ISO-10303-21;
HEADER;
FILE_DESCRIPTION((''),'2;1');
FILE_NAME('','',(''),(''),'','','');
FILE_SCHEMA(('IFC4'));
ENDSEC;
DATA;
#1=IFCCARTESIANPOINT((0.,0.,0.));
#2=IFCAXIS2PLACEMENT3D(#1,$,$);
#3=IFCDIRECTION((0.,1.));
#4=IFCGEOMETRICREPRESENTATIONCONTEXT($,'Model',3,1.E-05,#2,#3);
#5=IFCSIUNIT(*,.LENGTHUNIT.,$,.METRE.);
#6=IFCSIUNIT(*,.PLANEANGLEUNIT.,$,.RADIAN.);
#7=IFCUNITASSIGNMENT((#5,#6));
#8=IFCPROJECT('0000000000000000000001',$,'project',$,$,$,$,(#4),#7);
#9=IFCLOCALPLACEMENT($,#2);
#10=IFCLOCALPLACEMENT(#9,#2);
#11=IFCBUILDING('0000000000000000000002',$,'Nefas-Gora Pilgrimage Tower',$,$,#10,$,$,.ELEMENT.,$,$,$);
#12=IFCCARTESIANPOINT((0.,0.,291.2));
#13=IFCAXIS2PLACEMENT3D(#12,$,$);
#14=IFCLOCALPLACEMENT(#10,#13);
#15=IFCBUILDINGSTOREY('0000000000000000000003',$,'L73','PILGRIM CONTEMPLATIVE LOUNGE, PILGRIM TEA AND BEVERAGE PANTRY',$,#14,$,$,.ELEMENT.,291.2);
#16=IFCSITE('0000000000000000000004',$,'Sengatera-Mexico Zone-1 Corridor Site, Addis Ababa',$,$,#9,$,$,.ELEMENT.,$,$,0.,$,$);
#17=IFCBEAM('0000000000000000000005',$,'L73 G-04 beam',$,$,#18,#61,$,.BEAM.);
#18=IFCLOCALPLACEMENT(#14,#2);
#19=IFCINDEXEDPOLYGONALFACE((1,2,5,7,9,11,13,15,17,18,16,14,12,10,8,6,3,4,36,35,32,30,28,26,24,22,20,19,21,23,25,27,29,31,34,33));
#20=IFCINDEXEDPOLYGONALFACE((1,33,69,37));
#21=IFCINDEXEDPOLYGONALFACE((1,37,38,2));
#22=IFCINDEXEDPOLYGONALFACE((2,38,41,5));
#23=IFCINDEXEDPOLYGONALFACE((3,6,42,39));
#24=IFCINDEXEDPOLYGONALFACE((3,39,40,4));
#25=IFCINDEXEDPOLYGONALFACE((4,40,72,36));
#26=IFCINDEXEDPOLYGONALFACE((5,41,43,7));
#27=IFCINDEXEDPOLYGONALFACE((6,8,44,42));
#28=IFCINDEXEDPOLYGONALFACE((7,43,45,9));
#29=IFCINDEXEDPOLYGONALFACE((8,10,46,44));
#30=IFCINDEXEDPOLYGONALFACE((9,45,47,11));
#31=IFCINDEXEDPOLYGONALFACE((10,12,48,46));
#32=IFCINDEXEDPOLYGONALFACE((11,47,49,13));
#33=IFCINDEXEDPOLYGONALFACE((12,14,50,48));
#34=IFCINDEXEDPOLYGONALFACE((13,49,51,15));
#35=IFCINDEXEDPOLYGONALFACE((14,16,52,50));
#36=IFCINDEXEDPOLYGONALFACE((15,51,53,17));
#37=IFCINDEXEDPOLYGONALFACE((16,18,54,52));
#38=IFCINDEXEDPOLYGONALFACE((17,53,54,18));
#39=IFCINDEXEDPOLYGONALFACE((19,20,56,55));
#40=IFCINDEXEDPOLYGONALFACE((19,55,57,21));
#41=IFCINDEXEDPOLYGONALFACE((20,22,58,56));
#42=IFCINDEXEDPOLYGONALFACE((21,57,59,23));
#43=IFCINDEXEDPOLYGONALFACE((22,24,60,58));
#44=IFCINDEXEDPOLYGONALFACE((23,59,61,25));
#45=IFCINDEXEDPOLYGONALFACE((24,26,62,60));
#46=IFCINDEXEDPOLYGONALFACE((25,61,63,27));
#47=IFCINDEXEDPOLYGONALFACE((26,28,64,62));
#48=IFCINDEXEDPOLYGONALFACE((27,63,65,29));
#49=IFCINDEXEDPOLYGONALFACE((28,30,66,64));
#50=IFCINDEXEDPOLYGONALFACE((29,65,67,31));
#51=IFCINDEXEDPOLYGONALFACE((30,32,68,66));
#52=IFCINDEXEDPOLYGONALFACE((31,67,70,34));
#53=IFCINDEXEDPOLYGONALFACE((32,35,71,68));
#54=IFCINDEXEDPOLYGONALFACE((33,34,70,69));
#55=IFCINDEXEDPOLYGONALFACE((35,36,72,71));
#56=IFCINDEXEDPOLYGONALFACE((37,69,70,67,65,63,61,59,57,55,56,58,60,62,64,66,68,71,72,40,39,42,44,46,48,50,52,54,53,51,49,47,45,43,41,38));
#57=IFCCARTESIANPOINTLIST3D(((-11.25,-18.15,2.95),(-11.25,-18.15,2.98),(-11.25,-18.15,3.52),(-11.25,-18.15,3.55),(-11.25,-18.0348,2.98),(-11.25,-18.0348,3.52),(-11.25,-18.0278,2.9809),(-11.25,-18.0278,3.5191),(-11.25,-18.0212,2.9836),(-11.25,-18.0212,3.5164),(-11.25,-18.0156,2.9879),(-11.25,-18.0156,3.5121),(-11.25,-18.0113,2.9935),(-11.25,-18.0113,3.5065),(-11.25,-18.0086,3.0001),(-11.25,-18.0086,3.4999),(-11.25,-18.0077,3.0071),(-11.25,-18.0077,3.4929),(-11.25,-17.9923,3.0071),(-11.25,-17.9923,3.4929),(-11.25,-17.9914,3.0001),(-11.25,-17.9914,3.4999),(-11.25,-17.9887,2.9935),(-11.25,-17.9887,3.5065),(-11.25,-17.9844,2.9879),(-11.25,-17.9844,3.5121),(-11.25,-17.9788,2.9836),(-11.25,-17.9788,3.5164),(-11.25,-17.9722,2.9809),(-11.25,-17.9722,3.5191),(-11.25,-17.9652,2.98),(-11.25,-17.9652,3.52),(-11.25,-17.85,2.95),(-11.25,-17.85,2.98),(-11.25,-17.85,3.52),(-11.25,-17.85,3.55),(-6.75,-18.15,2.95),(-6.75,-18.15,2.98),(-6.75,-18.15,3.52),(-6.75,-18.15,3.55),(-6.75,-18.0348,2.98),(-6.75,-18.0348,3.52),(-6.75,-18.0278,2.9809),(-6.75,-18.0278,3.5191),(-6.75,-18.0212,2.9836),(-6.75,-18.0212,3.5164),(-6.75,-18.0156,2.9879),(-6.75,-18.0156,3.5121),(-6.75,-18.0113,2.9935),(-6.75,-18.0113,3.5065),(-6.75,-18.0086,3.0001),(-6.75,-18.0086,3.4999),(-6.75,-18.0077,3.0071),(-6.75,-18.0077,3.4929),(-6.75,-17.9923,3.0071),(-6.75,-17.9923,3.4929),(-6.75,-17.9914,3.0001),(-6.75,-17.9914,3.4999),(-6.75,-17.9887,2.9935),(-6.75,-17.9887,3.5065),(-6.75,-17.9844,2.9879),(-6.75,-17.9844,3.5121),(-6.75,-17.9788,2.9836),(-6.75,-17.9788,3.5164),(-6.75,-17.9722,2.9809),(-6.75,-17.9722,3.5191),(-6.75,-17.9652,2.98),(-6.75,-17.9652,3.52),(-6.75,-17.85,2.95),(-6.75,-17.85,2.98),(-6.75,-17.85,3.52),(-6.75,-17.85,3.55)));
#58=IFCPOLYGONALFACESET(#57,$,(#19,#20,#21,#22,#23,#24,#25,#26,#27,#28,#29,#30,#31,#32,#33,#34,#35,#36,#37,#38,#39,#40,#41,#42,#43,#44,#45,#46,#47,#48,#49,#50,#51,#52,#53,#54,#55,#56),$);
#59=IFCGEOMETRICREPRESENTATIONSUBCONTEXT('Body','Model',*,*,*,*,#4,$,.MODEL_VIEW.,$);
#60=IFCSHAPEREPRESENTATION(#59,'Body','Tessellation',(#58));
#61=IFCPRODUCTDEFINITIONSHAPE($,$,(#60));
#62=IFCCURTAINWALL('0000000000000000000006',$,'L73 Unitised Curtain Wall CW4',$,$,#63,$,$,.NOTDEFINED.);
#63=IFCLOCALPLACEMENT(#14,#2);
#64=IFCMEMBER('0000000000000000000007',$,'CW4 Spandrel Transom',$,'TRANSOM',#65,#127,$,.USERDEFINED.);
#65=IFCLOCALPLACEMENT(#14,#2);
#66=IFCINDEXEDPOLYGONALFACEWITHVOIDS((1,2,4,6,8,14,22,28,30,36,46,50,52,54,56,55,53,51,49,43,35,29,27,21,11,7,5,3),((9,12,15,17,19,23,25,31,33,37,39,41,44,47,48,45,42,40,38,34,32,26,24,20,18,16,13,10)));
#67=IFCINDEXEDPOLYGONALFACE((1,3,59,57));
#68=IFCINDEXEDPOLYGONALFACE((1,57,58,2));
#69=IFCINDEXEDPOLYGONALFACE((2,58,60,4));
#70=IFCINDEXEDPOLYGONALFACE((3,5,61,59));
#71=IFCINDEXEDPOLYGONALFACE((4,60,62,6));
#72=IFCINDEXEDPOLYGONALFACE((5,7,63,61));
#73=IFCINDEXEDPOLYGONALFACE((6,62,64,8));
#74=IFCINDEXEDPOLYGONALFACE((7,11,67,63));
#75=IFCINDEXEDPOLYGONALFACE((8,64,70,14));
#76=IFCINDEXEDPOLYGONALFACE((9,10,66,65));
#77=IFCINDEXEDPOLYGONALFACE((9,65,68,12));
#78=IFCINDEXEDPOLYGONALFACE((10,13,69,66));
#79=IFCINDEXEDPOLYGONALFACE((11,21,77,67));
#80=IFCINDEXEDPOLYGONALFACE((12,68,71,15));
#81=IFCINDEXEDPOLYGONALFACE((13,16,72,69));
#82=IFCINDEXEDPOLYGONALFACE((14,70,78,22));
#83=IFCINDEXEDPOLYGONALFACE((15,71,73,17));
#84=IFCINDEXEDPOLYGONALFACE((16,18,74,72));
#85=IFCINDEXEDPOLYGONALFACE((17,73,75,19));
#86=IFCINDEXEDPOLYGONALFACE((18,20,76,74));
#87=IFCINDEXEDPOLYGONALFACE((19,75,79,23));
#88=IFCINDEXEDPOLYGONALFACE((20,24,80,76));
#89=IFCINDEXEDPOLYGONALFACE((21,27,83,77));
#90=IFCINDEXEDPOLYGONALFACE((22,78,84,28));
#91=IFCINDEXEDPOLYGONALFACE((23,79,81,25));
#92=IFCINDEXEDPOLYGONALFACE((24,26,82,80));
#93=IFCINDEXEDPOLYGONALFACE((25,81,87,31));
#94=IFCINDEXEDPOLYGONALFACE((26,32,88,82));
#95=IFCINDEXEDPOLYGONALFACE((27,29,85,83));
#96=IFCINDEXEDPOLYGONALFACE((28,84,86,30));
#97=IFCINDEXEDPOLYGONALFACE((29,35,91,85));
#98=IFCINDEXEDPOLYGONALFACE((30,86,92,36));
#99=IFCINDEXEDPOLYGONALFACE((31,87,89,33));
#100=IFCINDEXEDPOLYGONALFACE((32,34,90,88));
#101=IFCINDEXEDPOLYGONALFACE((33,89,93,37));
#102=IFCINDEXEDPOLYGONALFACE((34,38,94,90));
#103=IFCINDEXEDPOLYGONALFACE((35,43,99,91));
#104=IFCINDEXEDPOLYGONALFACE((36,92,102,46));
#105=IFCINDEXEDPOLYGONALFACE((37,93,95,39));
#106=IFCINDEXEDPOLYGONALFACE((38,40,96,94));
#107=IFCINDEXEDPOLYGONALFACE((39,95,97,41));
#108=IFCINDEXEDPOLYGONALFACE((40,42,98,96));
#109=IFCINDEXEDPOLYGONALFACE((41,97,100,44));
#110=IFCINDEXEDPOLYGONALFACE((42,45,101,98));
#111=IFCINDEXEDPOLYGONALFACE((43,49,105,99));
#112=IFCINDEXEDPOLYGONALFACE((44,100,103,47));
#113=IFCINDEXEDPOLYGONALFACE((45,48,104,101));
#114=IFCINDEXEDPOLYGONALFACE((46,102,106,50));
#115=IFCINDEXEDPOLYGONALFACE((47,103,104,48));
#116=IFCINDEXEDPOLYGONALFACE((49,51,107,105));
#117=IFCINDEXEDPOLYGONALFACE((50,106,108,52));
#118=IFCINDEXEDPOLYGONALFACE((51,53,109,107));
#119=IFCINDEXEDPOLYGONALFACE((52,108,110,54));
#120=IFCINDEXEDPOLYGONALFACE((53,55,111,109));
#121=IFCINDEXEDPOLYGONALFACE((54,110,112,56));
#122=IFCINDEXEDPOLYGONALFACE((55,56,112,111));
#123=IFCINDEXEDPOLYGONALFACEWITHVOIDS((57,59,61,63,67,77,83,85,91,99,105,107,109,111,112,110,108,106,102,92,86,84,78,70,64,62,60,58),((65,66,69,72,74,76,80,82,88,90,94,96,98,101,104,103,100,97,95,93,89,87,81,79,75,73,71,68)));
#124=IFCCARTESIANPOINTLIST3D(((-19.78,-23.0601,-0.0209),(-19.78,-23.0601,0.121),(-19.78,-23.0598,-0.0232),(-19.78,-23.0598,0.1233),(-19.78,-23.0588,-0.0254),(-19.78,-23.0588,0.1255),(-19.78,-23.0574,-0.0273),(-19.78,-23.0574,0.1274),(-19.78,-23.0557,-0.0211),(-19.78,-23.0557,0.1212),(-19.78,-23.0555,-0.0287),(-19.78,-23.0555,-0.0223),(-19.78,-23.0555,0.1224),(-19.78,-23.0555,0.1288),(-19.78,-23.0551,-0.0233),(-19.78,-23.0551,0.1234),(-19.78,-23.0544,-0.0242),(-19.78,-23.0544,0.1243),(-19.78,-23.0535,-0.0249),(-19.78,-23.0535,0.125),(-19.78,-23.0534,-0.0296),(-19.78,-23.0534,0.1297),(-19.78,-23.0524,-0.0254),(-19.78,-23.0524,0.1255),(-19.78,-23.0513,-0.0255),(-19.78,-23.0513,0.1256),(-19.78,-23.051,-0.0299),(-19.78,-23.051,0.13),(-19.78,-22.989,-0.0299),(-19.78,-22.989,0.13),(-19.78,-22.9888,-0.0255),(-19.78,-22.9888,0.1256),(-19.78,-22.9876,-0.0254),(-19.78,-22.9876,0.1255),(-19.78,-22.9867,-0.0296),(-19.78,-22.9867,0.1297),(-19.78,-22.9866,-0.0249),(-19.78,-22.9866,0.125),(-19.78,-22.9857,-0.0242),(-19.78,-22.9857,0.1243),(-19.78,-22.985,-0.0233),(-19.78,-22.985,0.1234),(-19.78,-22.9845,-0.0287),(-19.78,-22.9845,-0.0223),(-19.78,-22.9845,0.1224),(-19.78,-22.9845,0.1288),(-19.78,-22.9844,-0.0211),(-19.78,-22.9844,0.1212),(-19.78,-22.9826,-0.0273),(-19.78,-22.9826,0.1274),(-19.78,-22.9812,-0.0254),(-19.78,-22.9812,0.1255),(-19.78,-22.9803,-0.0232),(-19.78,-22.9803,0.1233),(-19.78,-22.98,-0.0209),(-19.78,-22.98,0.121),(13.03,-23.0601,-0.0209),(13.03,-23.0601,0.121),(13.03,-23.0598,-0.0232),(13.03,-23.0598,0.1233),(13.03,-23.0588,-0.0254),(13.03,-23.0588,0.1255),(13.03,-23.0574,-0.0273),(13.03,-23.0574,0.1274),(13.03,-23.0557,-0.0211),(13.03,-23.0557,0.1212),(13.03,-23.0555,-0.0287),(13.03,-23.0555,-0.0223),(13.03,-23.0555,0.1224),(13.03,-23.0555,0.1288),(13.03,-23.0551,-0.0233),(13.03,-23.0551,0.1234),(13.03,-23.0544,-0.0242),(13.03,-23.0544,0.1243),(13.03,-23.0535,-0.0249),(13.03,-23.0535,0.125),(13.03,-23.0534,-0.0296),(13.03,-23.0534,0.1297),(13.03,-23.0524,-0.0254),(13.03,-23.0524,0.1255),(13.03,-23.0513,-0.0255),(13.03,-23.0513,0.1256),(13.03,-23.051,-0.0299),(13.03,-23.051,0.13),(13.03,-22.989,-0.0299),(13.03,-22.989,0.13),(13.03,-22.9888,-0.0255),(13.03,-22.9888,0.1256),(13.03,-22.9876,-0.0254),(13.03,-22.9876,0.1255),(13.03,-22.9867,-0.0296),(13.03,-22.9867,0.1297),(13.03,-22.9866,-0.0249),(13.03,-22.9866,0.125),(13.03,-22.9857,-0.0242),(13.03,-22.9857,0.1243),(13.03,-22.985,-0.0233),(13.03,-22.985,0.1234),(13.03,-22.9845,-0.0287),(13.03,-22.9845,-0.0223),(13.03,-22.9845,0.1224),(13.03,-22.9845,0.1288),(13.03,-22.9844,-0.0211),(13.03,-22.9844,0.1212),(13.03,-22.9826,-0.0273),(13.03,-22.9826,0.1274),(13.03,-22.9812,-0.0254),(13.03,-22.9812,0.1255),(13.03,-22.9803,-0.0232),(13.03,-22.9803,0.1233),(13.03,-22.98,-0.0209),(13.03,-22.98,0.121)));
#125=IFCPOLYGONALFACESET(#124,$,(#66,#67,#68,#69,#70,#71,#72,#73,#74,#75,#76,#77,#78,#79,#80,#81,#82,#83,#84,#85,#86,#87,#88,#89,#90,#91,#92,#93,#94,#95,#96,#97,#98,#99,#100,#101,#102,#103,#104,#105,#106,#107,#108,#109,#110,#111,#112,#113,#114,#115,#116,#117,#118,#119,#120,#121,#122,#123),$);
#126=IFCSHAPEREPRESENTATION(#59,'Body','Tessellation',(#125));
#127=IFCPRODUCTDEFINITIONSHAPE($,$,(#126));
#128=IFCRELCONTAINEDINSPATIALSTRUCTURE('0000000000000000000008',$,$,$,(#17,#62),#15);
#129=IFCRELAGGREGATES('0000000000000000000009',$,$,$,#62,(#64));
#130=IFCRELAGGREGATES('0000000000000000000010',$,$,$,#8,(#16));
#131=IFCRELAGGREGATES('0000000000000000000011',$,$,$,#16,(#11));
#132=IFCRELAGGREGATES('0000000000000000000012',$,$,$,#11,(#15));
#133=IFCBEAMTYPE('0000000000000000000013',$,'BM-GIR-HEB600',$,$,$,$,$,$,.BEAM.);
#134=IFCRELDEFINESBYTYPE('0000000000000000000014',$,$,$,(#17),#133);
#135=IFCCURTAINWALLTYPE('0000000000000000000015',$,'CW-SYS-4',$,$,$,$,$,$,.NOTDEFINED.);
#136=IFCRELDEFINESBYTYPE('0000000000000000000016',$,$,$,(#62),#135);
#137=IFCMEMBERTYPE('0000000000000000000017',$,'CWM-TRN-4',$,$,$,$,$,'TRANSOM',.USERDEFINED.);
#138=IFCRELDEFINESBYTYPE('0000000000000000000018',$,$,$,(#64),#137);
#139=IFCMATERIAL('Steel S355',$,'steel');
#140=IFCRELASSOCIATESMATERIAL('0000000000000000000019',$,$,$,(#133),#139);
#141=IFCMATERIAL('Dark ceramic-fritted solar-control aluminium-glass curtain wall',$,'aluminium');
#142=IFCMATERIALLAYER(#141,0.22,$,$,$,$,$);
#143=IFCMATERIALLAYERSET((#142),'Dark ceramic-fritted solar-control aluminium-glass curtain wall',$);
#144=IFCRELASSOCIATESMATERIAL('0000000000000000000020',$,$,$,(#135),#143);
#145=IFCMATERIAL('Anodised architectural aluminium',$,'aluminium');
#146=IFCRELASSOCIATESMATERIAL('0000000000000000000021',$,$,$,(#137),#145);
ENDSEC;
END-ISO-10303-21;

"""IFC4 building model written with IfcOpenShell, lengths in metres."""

from ifc_helpers import new_model, si_unit, direction, frame, origin, origin_2d, place, context, subcontext, project, spatial, hollow_rectangle, i_section, extrude, source, transform, mapped, material, layer, layer_set, material_profile, profile_set, type_object, element, aggregate, save


model = new_model("IFC4")

# Units and contexts
model_context = context("Model", 3, precision=1e-05, world=origin(), true_north=direction((0.0, 1.0)))
body_context = subcontext(model_context, "Body", "Model", "MODEL_VIEW")
ifc_project = project(units=[si_unit("LENGTHUNIT", "METRE"), si_unit("PLANEANGLEUNIT", "RADIAN")], contexts=[model_context])

# Site, building, storey
site_placement = place(None, origin())
site = spatial("IfcSite", under=ifc_project, at=site_placement, Name="Sengatera-Mexico Zone-1 Corridor Site, Addis Ababa", CompositionType="ELEMENT", RefElevation=0.0)
building_placement = place(site_placement, origin())
building = spatial("IfcBuilding", under=site, at=building_placement, Name="Nefas-Gora Pilgrimage Tower", CompositionType="ELEMENT")
storey_placement = place(building_placement, frame((0.0, 0.0, 291.2)))
storey = spatial("IfcBuildingStorey", under=building, at=storey_placement, Name="L73", Description="PILGRIM CONTEMPLATIVE LOUNGE, PILGRIM TEA AND BEVERAGE PANTRY", CompositionType="ELEMENT", Elevation=291.2)

# Shared definitions
ifc_material_1 = material(Name="Steel S355", Category="steel")

# Beam
ifc_material_profile_1 = material_profile(ifc_material_1, i_section(OverallWidth=0.3, OverallDepth=0.6001, WebThickness=0.0154, FlangeThickness=0.03, FilletRadius=0.0271, at=origin_2d()), Name="HEB 600")
ifc_profile_set_1 = profile_set([ifc_material_profile_1], Name="Steel S355")
beam_type_1 = type_object("IfcBeamType", Name="BM-GIR-HEB600", PredefinedType="BEAM", material=ifc_profile_set_1)
shared_shape_1 = source(origin(), body_context, "Body", "SweptSolid", [
    extrude(i_section(OverallWidth=0.3, OverallDepth=0.6001, WebThickness=0.0154, FlangeThickness=0.03, FilletRadius=0.0271, at=origin_2d()), origin(), (0.0, 0.0, 1.0), 4.5),
])
for number, where, z_axis, x_axis, name in (
    (1, (-11.25, -18.0, 3.25), (1.0, 0.0, 0.0), (0.0, 1.0, 0.0), "L73 G-04 beam"),
):
    element("IfcBeam", number, at=place(storey_placement, frame(where, z_axis=z_axis, x_axis=x_axis)), inside=storey, type_object=beam_type_1, Name=name, PredefinedType="BEAM", context=body_context, shape_type="MappedRepresentation", body=[
        mapped(shared_shape_1, transform((0.0, 0.0, 0.0), x_axis=(1.0, 0.0, 0.0), y_axis=(0.0, 1.0, 0.0), z_axis=(0.0, 0.0, 1.0), scale=1.0)),
    ])

# Curtain wall, member
ifc_material_2 = material(Name="Dark ceramic-fritted solar-control aluminium-glass curtain wall", Category="aluminium")
ifc_layer_1 = layer(ifc_material_2, 0.22)
ifc_layer_set_1 = layer_set([ifc_layer_1], Name="Dark ceramic-fritted solar-control aluminium-glass curtain wall")
curtain_wall_type = type_object("IfcCurtainWallType", Name="CW-SYS-4", PredefinedType="NOTDEFINED", material=ifc_layer_set_1)
curtain_wall_1_placement = place(storey_placement, origin())
curtain_wall_1 = element("IfcCurtainWall", 2, at=curtain_wall_1_placement, inside=storey, type_object=curtain_wall_type, Name="L73 Unitised Curtain Wall CW4", PredefinedType="NOTDEFINED")
ifc_material_3 = material(Name="Anodised architectural aluminium", Category="aluminium")
ifc_material_profile_2 = material_profile(ifc_material_3, hollow_rectangle(XDim=0.0801, YDim=0.1599, WallThickness=0.0044, InnerFilletRadius=0.0044, OuterFilletRadius=0.009, at=origin_2d()), Name="ALU TRANSOM 80x160")
ifc_profile_set_2 = profile_set([ifc_material_profile_2], Name="Anodised architectural aluminium")
member_type_1 = type_object("IfcMemberType", Name="CWM-TRN-4", ElementType="TRANSOM", PredefinedType="USERDEFINED", material=ifc_profile_set_2)
shared_shape_2 = source(origin(), body_context, "Body", "SweptSolid", [
    extrude(hollow_rectangle(XDim=0.0801, YDim=0.1599, WallThickness=0.0044, InnerFilletRadius=0.0044, OuterFilletRadius=0.009, at=origin_2d()), origin(), (0.0, 0.0, 1.0), 32.8101),
])
member_1_placement = place(storey_placement, frame((-19.78, -23.02, 0.05), z_axis=(1.0, 0.0, 0.0), x_axis=(0.0, 1.0, 0.0)))
member_1 = element("IfcMember", 3, at=member_1_placement, type_object=member_type_1, Name="CW4 Spandrel Transom", ObjectType="TRANSOM", PredefinedType="USERDEFINED", context=body_context, shape_type="MappedRepresentation", body=[
    mapped(shared_shape_2, transform((0.0, 0.0, 0.0), x_axis=(1.0, 0.0, 0.0), y_axis=(0.0, 1.0, 0.0), z_axis=(0.0, 0.0, 1.0), scale=1.0)),
])

aggregate(curtain_wall_1, [member_1])

save(model, "model.ifc")
